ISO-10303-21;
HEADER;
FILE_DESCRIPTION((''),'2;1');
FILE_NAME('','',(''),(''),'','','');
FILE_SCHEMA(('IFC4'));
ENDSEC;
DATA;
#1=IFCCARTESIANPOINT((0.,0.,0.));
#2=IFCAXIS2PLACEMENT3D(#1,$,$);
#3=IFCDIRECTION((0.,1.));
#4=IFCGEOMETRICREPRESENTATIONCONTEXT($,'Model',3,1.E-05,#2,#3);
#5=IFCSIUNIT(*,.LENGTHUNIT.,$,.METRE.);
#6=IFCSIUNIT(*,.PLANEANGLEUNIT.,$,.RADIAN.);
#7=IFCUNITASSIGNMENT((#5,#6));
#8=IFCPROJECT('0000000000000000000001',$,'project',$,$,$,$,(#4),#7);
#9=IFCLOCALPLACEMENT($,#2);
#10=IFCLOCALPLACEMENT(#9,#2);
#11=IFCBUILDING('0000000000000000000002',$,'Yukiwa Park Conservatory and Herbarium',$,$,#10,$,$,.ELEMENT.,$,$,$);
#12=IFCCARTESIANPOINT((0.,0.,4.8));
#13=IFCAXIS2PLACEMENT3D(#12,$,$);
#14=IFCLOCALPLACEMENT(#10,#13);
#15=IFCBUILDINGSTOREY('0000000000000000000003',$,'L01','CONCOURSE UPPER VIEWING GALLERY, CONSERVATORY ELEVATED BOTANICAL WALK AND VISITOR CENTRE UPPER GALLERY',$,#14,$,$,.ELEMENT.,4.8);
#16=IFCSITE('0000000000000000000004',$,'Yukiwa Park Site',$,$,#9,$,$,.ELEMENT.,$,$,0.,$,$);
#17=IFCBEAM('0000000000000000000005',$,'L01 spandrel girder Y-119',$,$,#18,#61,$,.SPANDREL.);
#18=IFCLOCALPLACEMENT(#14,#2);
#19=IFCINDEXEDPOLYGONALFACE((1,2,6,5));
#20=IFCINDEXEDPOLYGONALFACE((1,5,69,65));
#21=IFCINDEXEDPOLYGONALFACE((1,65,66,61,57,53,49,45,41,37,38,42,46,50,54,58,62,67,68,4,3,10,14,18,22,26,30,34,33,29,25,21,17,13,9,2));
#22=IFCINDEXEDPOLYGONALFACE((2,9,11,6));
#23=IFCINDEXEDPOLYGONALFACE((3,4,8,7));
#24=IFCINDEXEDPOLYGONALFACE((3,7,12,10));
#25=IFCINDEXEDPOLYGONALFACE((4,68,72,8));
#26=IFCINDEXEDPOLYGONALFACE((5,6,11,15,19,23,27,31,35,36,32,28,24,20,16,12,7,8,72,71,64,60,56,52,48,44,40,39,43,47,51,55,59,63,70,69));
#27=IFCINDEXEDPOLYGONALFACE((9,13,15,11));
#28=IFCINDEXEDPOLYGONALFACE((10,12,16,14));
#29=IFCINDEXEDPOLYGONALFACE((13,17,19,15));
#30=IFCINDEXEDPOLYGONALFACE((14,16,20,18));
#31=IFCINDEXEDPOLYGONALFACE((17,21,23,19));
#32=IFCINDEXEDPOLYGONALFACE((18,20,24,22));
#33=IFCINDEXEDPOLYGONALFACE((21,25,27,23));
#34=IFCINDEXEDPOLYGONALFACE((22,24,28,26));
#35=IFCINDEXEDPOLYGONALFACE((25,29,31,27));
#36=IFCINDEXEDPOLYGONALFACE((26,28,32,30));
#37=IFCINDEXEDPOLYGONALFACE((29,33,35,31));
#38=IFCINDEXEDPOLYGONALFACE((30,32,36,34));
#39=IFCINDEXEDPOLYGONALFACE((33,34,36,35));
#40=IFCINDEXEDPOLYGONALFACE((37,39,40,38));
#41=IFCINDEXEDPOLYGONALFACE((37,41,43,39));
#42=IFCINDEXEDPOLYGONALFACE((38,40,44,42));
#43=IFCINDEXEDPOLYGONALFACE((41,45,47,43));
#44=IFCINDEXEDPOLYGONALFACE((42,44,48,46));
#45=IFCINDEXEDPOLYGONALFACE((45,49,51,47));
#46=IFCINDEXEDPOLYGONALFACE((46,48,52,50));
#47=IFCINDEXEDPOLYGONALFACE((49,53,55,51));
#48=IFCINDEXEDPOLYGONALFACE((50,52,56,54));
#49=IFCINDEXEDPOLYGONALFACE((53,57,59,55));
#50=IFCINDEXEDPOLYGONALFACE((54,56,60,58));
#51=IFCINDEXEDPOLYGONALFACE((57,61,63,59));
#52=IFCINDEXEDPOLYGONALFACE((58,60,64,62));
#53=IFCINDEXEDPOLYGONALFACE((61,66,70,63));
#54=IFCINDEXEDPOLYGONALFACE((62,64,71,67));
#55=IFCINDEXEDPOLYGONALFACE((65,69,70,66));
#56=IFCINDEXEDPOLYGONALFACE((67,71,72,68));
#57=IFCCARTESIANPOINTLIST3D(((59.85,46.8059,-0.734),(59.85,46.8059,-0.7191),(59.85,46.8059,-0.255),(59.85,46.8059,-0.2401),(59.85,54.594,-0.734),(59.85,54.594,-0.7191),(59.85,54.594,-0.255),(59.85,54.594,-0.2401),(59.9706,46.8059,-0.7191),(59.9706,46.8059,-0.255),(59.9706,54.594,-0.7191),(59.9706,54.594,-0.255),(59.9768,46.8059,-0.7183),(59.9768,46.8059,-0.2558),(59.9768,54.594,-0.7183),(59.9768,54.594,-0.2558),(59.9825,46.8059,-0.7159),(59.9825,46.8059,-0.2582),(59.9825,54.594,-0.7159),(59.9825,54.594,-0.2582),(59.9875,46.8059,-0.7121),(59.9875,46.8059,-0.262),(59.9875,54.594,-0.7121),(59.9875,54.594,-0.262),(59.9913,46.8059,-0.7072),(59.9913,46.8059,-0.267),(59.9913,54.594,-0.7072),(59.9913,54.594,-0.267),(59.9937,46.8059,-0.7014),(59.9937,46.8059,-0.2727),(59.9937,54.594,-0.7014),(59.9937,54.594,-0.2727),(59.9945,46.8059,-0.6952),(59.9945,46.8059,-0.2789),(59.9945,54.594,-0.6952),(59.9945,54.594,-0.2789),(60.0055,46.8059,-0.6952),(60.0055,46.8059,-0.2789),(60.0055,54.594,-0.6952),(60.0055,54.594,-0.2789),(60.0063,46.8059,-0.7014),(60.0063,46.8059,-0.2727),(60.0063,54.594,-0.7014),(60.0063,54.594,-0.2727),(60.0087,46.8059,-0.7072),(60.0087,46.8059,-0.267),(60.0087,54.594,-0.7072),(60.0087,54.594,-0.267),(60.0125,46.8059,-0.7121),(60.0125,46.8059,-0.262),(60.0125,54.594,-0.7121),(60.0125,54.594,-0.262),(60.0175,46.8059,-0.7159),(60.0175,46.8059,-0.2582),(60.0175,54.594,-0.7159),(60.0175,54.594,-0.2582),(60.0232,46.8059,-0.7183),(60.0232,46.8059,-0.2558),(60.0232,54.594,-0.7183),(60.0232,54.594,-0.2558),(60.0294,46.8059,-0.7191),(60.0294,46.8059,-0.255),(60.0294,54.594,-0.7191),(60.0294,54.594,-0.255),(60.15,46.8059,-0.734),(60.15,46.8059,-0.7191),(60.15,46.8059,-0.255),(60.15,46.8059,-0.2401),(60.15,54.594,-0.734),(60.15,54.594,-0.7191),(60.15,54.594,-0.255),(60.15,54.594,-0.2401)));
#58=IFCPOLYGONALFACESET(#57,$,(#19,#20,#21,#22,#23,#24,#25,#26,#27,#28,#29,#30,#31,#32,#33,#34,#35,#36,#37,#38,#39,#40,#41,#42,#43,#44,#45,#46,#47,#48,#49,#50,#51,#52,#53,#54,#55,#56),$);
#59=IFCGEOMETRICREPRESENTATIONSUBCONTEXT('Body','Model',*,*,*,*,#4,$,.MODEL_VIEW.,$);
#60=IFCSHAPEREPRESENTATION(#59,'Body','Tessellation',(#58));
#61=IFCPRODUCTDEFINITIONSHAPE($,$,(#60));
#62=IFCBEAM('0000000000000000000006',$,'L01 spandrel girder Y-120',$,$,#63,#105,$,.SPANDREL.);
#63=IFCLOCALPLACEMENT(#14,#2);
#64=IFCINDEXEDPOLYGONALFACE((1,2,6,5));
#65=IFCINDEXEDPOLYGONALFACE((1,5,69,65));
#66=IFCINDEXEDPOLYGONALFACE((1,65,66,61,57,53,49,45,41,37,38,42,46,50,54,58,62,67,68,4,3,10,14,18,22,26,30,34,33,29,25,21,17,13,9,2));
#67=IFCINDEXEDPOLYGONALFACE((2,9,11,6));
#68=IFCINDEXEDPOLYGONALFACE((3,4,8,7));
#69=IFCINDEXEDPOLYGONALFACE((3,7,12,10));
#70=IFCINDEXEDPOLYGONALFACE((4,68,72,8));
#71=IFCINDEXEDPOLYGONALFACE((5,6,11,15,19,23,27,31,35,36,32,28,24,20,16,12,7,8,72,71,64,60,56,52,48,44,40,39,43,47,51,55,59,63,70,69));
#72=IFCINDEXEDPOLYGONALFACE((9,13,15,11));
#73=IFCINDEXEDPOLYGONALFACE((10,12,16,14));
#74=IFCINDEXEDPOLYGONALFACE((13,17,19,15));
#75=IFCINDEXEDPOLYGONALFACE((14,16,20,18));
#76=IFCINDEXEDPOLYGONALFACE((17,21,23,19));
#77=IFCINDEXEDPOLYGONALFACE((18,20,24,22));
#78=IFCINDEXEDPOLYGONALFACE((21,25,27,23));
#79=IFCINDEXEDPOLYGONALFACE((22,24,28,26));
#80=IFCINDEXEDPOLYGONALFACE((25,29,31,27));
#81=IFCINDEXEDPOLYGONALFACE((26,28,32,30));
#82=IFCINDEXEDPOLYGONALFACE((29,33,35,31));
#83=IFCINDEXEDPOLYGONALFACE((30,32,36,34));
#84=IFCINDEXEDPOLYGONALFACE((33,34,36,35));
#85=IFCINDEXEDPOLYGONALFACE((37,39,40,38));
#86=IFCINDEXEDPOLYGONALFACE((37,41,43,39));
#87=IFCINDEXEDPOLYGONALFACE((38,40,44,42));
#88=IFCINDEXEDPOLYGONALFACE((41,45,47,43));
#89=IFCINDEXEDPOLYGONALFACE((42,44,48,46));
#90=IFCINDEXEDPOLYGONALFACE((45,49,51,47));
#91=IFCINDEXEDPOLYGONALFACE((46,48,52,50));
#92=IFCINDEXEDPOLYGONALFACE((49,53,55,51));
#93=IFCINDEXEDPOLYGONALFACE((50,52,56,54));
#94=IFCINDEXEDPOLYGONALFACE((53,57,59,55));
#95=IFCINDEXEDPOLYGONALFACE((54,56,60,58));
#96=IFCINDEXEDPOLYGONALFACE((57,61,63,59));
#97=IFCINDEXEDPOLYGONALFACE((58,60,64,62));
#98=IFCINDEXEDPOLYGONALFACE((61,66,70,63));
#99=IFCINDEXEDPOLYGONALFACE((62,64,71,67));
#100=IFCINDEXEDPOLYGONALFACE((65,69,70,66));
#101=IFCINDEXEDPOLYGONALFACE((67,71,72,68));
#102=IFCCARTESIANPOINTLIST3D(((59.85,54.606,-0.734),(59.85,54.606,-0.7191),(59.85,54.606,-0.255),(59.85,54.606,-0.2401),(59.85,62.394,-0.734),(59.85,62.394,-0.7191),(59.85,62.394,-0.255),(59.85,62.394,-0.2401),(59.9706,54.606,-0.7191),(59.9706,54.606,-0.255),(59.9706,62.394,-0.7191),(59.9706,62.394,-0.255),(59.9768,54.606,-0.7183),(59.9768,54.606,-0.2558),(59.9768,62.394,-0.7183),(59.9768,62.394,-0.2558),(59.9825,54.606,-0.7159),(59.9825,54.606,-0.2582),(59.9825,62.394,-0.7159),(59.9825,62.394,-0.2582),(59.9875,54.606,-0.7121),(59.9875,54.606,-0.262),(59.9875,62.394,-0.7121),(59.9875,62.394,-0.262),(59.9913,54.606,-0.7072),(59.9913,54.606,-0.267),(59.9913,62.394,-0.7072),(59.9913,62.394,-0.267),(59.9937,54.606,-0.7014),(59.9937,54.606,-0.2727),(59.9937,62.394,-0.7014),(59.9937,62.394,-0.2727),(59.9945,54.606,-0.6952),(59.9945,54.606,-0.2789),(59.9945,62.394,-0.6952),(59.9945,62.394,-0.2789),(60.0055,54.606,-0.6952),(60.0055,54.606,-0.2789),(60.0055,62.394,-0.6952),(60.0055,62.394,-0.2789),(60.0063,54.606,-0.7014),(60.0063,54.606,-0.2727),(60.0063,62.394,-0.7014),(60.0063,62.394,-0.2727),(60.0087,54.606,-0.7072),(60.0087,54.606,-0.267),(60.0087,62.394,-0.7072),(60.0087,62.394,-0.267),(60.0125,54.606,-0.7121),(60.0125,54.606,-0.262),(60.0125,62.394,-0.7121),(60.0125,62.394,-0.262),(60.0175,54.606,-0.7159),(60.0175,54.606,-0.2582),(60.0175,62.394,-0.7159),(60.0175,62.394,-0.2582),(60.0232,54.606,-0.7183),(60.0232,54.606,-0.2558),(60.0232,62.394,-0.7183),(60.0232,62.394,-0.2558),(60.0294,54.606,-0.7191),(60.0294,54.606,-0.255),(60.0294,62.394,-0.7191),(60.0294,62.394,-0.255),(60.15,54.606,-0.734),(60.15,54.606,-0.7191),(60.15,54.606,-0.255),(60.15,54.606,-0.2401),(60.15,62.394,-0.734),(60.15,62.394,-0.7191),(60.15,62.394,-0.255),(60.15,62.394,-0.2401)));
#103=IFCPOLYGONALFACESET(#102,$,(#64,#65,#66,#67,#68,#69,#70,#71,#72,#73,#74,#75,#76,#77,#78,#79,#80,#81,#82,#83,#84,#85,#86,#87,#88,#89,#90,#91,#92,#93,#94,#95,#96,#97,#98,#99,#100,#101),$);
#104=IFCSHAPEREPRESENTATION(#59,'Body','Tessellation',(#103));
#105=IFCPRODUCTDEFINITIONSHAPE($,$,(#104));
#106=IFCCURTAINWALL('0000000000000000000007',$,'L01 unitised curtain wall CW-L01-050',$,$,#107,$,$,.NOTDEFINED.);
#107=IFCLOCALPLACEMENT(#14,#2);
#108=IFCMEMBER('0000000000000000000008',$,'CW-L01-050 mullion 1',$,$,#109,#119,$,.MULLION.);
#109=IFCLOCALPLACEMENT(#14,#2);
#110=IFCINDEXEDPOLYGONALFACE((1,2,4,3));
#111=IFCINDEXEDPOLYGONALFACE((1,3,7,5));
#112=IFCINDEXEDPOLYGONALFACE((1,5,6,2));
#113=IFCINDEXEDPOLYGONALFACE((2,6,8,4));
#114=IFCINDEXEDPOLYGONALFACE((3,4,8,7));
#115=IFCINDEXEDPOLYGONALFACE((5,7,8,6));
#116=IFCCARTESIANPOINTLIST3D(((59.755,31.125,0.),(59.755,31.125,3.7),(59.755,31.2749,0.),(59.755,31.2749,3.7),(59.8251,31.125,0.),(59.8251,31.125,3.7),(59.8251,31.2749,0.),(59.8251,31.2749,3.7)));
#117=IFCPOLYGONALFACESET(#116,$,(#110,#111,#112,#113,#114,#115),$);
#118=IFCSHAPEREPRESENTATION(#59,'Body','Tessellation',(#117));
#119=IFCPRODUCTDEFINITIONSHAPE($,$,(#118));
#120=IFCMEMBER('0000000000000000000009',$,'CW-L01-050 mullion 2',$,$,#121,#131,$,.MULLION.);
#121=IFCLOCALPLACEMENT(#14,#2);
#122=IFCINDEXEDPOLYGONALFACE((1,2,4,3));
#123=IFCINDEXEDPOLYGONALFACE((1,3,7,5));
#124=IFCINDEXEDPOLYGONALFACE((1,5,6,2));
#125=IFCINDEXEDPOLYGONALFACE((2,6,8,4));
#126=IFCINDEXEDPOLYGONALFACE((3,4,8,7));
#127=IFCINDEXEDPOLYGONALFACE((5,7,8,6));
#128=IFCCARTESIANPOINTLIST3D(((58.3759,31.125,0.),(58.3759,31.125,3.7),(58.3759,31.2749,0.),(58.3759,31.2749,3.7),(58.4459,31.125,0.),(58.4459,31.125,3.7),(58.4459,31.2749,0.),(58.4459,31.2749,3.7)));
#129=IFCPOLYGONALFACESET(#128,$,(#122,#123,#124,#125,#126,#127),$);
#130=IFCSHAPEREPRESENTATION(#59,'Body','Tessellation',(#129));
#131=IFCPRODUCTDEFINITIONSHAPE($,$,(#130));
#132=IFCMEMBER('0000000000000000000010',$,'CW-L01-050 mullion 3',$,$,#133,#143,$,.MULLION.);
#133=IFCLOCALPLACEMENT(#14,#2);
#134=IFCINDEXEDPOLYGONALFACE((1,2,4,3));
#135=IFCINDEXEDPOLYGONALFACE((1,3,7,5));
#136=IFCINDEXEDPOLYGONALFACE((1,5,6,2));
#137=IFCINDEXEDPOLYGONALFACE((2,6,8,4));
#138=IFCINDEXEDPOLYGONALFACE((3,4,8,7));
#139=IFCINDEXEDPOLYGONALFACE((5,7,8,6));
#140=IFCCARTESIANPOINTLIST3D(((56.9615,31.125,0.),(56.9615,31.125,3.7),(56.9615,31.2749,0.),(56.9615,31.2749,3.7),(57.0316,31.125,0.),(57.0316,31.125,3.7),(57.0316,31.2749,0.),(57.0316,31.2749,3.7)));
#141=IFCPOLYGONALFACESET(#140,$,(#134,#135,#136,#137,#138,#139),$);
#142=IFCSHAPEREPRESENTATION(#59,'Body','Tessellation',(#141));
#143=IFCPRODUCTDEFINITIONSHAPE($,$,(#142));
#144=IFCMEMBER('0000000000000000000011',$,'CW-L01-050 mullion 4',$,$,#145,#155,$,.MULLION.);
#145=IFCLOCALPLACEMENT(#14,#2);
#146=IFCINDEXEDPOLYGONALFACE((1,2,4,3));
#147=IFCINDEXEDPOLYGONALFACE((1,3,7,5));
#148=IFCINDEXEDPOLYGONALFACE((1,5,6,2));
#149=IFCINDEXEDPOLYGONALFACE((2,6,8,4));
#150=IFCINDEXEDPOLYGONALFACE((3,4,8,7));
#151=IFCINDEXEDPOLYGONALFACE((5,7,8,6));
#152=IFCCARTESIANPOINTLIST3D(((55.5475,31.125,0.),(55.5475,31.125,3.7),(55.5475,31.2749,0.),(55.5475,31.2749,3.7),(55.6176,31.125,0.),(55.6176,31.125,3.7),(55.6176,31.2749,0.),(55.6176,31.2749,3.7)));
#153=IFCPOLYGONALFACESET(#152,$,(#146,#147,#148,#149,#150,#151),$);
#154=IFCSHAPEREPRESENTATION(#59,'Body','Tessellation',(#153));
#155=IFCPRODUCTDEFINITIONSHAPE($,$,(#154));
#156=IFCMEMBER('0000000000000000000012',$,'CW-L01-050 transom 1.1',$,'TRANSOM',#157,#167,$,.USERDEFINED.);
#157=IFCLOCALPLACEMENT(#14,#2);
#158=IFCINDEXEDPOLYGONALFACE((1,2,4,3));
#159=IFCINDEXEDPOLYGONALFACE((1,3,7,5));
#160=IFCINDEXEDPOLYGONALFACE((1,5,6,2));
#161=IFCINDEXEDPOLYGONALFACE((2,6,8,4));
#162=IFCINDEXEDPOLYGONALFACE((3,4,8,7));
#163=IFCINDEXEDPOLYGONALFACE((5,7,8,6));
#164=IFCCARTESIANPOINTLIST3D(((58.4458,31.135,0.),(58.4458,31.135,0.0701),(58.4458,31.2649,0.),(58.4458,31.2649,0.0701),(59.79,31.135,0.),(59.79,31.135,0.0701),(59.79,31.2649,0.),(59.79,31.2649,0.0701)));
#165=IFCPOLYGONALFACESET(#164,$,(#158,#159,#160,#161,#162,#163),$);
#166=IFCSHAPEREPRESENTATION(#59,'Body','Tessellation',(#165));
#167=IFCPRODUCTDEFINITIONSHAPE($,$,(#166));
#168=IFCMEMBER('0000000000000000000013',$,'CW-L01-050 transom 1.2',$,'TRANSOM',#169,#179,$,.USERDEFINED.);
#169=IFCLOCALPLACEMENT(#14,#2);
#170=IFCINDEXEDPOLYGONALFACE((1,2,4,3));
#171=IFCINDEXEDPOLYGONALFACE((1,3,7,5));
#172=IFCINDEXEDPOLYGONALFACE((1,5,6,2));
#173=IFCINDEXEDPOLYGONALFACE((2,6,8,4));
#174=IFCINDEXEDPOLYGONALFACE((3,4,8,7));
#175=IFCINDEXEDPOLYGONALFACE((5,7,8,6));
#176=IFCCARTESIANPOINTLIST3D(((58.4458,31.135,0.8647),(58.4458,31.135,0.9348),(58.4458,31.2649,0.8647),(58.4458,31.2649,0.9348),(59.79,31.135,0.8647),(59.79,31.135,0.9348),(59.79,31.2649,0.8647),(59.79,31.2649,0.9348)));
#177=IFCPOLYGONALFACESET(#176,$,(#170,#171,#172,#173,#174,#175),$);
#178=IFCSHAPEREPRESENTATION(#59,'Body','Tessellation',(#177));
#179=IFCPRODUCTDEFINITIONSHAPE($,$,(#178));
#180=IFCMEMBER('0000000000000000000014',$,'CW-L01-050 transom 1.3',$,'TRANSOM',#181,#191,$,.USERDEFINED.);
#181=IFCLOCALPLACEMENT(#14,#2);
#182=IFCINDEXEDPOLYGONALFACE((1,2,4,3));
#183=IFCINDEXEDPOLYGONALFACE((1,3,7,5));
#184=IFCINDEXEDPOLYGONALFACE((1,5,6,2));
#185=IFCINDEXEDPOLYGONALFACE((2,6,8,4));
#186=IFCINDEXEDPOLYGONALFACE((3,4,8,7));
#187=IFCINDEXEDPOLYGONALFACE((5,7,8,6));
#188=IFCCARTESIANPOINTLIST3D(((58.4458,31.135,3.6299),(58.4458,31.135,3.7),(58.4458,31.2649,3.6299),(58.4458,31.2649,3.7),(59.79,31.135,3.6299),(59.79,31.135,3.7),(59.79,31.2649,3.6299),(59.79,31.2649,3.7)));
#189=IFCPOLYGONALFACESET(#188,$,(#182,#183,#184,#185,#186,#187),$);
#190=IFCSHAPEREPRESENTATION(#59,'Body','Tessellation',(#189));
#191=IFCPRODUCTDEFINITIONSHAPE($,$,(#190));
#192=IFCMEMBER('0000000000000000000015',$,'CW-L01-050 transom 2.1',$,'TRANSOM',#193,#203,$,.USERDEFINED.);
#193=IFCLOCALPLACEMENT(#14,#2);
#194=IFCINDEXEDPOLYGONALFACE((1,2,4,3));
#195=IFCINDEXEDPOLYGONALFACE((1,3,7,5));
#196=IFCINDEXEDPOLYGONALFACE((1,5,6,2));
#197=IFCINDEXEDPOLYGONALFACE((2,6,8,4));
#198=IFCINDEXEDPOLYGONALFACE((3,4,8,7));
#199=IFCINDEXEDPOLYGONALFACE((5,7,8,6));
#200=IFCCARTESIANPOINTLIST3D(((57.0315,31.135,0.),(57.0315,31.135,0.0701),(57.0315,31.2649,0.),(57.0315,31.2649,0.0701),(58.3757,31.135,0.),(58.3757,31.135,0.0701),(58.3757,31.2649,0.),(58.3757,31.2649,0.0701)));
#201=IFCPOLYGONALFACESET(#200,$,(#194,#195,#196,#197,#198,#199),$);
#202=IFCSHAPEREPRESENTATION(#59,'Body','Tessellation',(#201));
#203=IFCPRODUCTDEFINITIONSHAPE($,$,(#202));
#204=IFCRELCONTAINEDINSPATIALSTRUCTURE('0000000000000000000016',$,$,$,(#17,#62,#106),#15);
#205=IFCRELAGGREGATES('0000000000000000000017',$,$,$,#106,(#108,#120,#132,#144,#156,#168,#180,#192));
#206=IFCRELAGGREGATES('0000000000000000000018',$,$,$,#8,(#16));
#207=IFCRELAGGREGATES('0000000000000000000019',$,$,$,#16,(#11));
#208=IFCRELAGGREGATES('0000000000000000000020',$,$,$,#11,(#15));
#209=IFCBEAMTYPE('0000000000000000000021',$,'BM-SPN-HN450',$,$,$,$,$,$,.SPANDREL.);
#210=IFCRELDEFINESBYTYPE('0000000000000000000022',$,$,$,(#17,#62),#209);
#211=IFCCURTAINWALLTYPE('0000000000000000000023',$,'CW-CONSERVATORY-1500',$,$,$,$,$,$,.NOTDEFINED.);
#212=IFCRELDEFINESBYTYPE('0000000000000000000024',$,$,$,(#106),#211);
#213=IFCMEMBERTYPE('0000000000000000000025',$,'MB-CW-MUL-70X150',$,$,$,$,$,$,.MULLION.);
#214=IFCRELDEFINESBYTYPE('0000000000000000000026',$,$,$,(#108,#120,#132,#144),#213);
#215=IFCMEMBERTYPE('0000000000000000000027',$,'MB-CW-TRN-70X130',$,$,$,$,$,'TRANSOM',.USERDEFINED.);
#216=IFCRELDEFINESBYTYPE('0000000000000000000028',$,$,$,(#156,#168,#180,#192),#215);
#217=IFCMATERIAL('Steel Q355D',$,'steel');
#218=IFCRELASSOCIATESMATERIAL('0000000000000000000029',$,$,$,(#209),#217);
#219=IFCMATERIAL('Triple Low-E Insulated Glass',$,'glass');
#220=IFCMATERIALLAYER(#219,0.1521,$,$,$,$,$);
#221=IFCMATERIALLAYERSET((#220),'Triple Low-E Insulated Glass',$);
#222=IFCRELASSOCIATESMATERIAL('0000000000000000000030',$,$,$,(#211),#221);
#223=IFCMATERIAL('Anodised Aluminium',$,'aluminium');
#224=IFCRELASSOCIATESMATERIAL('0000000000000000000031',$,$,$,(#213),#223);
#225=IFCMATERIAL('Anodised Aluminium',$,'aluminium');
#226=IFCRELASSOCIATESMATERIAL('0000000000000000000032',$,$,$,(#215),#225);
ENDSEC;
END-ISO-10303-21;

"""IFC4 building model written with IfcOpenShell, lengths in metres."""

from ifc_helpers import new_model, si_unit, direction, frame, origin, origin_2d, place, context, subcontext, project, spatial, rectangle, i_section, extrude, material, layer, layer_set, material_profile, profile_set, type_object, element, aggregate, save


model = new_model("IFC4")

# Units and contexts
model_context = context("Model", 3, precision=1e-05, world=origin(), true_north=direction((0.0, 1.0)))
body_context = subcontext(model_context, "Body", "Model", "MODEL_VIEW")
ifc_project = project(units=[si_unit("LENGTHUNIT", "METRE"), si_unit("PLANEANGLEUNIT", "RADIAN")], contexts=[model_context])

# Site, building, storey
site_placement = place(None, origin())
site = spatial("IfcSite", under=ifc_project, at=site_placement, Name="Yukiwa Park Site", CompositionType="ELEMENT", RefElevation=0.0)
building_placement = place(site_placement, origin())
building = spatial("IfcBuilding", under=site, at=building_placement, Name="Yukiwa Park Conservatory and Herbarium", CompositionType="ELEMENT")
storey_placement = place(building_placement, frame((0.0, 0.0, 4.8)))
storey = spatial("IfcBuildingStorey", under=building, at=storey_placement, Name="L01", Description="CONCOURSE UPPER VIEWING GALLERY, CONSERVATORY ELEVATED BOTANICAL WALK AND VISITOR CENTRE UPPER GALLERY", CompositionType="ELEMENT", Elevation=4.8)

# Beams
ifc_material_1 = material(Name="Steel Q355D", Category="steel")
ifc_material_profile_1 = material_profile(ifc_material_1, i_section(OverallWidth=0.3, OverallDepth=0.4939, WebThickness=0.011, FlangeThickness=0.0149, FilletRadius=0.0239, at=origin_2d()), Name="HM 494x300x11x15")
ifc_profile_set_1 = profile_set([ifc_material_profile_1], Name="Steel Q355D")
beam_type = type_object("IfcBeamType", Name="BM-SPN-HN450", PredefinedType="SPANDREL", material=ifc_profile_set_1)
for number, where, z_axis, x_axis, name in (
    (1, (60.0, 46.8059, -0.4871), (0.0, 1.0, 0.0), (-1.0, 0.0, 0.0), "L01 spandrel girder Y-119"),
    (2, (60.0, 54.606, -0.4871), (0.0, 1.0, 0.0), (-1.0, 0.0, 0.0), "L01 spandrel girder Y-120"),
):
    element("IfcBeam", number, at=place(storey_placement, frame(where, z_axis=z_axis, x_axis=x_axis)), inside=storey, type_object=beam_type, Name=name, PredefinedType="SPANDREL", context=body_context, shape_type="SweptSolid", body=[
        extrude(i_section(OverallWidth=0.3, OverallDepth=0.4939, WebThickness=0.011, FlangeThickness=0.0149, FilletRadius=0.0239, at=origin_2d()), origin(), (0.0, 0.0, 1.0), 7.7881),
    ])

# Curtain wall, members
ifc_material_2 = material(Name="Triple Low-E Insulated Glass", Category="glass")
ifc_layer_1 = layer(ifc_material_2, 0.1521)
ifc_layer_set_1 = layer_set([ifc_layer_1], Name="Triple Low-E Insulated Glass")
curtain_wall_type = type_object("IfcCurtainWallType", Name="CW-CONSERVATORY-1500", PredefinedType="NOTDEFINED", material=ifc_layer_set_1)
curtain_wall_placement = place(storey_placement, origin())
curtain_wall = element("IfcCurtainWall", 3, at=curtain_wall_placement, inside=storey, type_object=curtain_wall_type, Name="L01 unitised curtain wall CW-L01-050", PredefinedType="NOTDEFINED")
ifc_material_3 = material(Name="Anodised Aluminium", Category="aluminium")
member_type_1 = type_object("IfcMemberType", Name="MB-CW-MUL-70X150", PredefinedType="MULLION", material=ifc_material_3)
member_1_placement = place(storey_placement, frame((59.79, 31.2, 0.0), z_axis=(0.0, 0.0, 1.0), x_axis=(-1.0, 0.0, 0.0)))
member_1 = element("IfcMember", 4, at=member_1_placement, type_object=member_type_1, Name="CW-L01-050 mullion 1", PredefinedType="MULLION", context=body_context, shape_type="SweptSolid", body=[
    extrude(rectangle(XDim=0.0701, YDim=0.1499, at=origin_2d()), origin(), (0.0, 0.0, 1.0), 3.7),
])
member_2_placement = place(storey_placement, frame((58.4109, 31.2, 0.0), z_axis=(0.0, 0.0, 1.0), x_axis=(-1.0, 0.0, 0.0)))
member_2 = element("IfcMember", 5, at=member_2_placement, type_object=member_type_1, Name="CW-L01-050 mullion 2", PredefinedType="MULLION", context=body_context, shape_type="SweptSolid", body=[
    extrude(rectangle(XDim=0.0701, YDim=0.1499, at=origin_2d()), origin(), (0.0, 0.0, 1.0), 3.7),
])
member_3_placement = place(storey_placement, frame((56.9966, 31.2, 0.0), z_axis=(0.0, 0.0, 1.0), x_axis=(-1.0, 0.0, 0.0)))
member_3 = element("IfcMember", 6, at=member_3_placement, type_object=member_type_1, Name="CW-L01-050 mullion 3", PredefinedType="MULLION", context=body_context, shape_type="SweptSolid", body=[
    extrude(rectangle(XDim=0.0701, YDim=0.1499, at=origin_2d()), origin(), (0.0, 0.0, 1.0), 3.7),
])
member_4_placement = place(storey_placement, frame((55.5825, 31.2, 0.0), z_axis=(0.0, 0.0, 1.0), x_axis=(-1.0, 0.0, 0.0)))
member_4 = element("IfcMember", 7, at=member_4_placement, type_object=member_type_1, Name="CW-L01-050 mullion 4", PredefinedType="MULLION", context=body_context, shape_type="SweptSolid", body=[
    extrude(rectangle(XDim=0.0701, YDim=0.1499, at=origin_2d()), origin(), (0.0, 0.0, 1.0), 3.7),
])
ifc_material_4 = material(Name="Anodised Aluminium", Category="aluminium")
member_type_2 = type_object("IfcMemberType", Name="MB-CW-TRN-70X130", ElementType="TRANSOM", PredefinedType="USERDEFINED", material=ifc_material_4)
member_5_placement = place(storey_placement, frame((59.1179, 31.2, 0.0), z_axis=(0.0, 0.0, 1.0), x_axis=(-1.0, 0.0, 0.0)))
member_5 = element("IfcMember", 8, at=member_5_placement, type_object=member_type_2, Name="CW-L01-050 transom 1.1", ObjectType="TRANSOM", PredefinedType="USERDEFINED", context=body_context, shape_type="SweptSolid", body=[
    extrude(rectangle(XDim=1.3442, YDim=0.1299, at=origin_2d()), origin(), (0.0, 0.0, 1.0), 0.0701),
])
member_6_placement = place(storey_placement, frame((59.1179, 31.2, 0.8647), z_axis=(0.0, 0.0, 1.0), x_axis=(-1.0, 0.0, 0.0)))
member_6 = element("IfcMember", 9, at=member_6_placement, type_object=member_type_2, Name="CW-L01-050 transom 1.2", ObjectType="TRANSOM", PredefinedType="USERDEFINED", context=body_context, shape_type="SweptSolid", body=[
    extrude(rectangle(XDim=1.3442, YDim=0.1299, at=origin_2d()), origin(), (0.0, 0.0, 1.0), 0.0701),
])
member_7_placement = place(storey_placement, frame((59.1179, 31.2, 3.6299), z_axis=(0.0, 0.0, 1.0), x_axis=(-1.0, 0.0, 0.0)))
member_7 = element("IfcMember", 10, at=member_7_placement, type_object=member_type_2, Name="CW-L01-050 transom 1.3", ObjectType="TRANSOM", PredefinedType="USERDEFINED", context=body_context, shape_type="SweptSolid", body=[
    extrude(rectangle(XDim=1.3442, YDim=0.1299, at=origin_2d()), origin(), (0.0, 0.0, 1.0), 0.0701),
])
member_8_placement = place(storey_placement, frame((57.7036, 31.2, 0.0), z_axis=(0.0, 0.0, 1.0), x_axis=(-1.0, 0.0, 0.0)))
member_8 = element("IfcMember", 11, at=member_8_placement, type_object=member_type_2, Name="CW-L01-050 transom 2.1", ObjectType="TRANSOM", PredefinedType="USERDEFINED", context=body_context, shape_type="SweptSolid", body=[
    extrude(rectangle(XDim=1.3442, YDim=0.1299, at=origin_2d()), origin(), (0.0, 0.0, 1.0), 0.0701),
])
aggregate(curtain_wall, [member_1, member_2, member_3, member_4, member_5, member_6, member_7, member_8])

save(model, "model.ifc")
